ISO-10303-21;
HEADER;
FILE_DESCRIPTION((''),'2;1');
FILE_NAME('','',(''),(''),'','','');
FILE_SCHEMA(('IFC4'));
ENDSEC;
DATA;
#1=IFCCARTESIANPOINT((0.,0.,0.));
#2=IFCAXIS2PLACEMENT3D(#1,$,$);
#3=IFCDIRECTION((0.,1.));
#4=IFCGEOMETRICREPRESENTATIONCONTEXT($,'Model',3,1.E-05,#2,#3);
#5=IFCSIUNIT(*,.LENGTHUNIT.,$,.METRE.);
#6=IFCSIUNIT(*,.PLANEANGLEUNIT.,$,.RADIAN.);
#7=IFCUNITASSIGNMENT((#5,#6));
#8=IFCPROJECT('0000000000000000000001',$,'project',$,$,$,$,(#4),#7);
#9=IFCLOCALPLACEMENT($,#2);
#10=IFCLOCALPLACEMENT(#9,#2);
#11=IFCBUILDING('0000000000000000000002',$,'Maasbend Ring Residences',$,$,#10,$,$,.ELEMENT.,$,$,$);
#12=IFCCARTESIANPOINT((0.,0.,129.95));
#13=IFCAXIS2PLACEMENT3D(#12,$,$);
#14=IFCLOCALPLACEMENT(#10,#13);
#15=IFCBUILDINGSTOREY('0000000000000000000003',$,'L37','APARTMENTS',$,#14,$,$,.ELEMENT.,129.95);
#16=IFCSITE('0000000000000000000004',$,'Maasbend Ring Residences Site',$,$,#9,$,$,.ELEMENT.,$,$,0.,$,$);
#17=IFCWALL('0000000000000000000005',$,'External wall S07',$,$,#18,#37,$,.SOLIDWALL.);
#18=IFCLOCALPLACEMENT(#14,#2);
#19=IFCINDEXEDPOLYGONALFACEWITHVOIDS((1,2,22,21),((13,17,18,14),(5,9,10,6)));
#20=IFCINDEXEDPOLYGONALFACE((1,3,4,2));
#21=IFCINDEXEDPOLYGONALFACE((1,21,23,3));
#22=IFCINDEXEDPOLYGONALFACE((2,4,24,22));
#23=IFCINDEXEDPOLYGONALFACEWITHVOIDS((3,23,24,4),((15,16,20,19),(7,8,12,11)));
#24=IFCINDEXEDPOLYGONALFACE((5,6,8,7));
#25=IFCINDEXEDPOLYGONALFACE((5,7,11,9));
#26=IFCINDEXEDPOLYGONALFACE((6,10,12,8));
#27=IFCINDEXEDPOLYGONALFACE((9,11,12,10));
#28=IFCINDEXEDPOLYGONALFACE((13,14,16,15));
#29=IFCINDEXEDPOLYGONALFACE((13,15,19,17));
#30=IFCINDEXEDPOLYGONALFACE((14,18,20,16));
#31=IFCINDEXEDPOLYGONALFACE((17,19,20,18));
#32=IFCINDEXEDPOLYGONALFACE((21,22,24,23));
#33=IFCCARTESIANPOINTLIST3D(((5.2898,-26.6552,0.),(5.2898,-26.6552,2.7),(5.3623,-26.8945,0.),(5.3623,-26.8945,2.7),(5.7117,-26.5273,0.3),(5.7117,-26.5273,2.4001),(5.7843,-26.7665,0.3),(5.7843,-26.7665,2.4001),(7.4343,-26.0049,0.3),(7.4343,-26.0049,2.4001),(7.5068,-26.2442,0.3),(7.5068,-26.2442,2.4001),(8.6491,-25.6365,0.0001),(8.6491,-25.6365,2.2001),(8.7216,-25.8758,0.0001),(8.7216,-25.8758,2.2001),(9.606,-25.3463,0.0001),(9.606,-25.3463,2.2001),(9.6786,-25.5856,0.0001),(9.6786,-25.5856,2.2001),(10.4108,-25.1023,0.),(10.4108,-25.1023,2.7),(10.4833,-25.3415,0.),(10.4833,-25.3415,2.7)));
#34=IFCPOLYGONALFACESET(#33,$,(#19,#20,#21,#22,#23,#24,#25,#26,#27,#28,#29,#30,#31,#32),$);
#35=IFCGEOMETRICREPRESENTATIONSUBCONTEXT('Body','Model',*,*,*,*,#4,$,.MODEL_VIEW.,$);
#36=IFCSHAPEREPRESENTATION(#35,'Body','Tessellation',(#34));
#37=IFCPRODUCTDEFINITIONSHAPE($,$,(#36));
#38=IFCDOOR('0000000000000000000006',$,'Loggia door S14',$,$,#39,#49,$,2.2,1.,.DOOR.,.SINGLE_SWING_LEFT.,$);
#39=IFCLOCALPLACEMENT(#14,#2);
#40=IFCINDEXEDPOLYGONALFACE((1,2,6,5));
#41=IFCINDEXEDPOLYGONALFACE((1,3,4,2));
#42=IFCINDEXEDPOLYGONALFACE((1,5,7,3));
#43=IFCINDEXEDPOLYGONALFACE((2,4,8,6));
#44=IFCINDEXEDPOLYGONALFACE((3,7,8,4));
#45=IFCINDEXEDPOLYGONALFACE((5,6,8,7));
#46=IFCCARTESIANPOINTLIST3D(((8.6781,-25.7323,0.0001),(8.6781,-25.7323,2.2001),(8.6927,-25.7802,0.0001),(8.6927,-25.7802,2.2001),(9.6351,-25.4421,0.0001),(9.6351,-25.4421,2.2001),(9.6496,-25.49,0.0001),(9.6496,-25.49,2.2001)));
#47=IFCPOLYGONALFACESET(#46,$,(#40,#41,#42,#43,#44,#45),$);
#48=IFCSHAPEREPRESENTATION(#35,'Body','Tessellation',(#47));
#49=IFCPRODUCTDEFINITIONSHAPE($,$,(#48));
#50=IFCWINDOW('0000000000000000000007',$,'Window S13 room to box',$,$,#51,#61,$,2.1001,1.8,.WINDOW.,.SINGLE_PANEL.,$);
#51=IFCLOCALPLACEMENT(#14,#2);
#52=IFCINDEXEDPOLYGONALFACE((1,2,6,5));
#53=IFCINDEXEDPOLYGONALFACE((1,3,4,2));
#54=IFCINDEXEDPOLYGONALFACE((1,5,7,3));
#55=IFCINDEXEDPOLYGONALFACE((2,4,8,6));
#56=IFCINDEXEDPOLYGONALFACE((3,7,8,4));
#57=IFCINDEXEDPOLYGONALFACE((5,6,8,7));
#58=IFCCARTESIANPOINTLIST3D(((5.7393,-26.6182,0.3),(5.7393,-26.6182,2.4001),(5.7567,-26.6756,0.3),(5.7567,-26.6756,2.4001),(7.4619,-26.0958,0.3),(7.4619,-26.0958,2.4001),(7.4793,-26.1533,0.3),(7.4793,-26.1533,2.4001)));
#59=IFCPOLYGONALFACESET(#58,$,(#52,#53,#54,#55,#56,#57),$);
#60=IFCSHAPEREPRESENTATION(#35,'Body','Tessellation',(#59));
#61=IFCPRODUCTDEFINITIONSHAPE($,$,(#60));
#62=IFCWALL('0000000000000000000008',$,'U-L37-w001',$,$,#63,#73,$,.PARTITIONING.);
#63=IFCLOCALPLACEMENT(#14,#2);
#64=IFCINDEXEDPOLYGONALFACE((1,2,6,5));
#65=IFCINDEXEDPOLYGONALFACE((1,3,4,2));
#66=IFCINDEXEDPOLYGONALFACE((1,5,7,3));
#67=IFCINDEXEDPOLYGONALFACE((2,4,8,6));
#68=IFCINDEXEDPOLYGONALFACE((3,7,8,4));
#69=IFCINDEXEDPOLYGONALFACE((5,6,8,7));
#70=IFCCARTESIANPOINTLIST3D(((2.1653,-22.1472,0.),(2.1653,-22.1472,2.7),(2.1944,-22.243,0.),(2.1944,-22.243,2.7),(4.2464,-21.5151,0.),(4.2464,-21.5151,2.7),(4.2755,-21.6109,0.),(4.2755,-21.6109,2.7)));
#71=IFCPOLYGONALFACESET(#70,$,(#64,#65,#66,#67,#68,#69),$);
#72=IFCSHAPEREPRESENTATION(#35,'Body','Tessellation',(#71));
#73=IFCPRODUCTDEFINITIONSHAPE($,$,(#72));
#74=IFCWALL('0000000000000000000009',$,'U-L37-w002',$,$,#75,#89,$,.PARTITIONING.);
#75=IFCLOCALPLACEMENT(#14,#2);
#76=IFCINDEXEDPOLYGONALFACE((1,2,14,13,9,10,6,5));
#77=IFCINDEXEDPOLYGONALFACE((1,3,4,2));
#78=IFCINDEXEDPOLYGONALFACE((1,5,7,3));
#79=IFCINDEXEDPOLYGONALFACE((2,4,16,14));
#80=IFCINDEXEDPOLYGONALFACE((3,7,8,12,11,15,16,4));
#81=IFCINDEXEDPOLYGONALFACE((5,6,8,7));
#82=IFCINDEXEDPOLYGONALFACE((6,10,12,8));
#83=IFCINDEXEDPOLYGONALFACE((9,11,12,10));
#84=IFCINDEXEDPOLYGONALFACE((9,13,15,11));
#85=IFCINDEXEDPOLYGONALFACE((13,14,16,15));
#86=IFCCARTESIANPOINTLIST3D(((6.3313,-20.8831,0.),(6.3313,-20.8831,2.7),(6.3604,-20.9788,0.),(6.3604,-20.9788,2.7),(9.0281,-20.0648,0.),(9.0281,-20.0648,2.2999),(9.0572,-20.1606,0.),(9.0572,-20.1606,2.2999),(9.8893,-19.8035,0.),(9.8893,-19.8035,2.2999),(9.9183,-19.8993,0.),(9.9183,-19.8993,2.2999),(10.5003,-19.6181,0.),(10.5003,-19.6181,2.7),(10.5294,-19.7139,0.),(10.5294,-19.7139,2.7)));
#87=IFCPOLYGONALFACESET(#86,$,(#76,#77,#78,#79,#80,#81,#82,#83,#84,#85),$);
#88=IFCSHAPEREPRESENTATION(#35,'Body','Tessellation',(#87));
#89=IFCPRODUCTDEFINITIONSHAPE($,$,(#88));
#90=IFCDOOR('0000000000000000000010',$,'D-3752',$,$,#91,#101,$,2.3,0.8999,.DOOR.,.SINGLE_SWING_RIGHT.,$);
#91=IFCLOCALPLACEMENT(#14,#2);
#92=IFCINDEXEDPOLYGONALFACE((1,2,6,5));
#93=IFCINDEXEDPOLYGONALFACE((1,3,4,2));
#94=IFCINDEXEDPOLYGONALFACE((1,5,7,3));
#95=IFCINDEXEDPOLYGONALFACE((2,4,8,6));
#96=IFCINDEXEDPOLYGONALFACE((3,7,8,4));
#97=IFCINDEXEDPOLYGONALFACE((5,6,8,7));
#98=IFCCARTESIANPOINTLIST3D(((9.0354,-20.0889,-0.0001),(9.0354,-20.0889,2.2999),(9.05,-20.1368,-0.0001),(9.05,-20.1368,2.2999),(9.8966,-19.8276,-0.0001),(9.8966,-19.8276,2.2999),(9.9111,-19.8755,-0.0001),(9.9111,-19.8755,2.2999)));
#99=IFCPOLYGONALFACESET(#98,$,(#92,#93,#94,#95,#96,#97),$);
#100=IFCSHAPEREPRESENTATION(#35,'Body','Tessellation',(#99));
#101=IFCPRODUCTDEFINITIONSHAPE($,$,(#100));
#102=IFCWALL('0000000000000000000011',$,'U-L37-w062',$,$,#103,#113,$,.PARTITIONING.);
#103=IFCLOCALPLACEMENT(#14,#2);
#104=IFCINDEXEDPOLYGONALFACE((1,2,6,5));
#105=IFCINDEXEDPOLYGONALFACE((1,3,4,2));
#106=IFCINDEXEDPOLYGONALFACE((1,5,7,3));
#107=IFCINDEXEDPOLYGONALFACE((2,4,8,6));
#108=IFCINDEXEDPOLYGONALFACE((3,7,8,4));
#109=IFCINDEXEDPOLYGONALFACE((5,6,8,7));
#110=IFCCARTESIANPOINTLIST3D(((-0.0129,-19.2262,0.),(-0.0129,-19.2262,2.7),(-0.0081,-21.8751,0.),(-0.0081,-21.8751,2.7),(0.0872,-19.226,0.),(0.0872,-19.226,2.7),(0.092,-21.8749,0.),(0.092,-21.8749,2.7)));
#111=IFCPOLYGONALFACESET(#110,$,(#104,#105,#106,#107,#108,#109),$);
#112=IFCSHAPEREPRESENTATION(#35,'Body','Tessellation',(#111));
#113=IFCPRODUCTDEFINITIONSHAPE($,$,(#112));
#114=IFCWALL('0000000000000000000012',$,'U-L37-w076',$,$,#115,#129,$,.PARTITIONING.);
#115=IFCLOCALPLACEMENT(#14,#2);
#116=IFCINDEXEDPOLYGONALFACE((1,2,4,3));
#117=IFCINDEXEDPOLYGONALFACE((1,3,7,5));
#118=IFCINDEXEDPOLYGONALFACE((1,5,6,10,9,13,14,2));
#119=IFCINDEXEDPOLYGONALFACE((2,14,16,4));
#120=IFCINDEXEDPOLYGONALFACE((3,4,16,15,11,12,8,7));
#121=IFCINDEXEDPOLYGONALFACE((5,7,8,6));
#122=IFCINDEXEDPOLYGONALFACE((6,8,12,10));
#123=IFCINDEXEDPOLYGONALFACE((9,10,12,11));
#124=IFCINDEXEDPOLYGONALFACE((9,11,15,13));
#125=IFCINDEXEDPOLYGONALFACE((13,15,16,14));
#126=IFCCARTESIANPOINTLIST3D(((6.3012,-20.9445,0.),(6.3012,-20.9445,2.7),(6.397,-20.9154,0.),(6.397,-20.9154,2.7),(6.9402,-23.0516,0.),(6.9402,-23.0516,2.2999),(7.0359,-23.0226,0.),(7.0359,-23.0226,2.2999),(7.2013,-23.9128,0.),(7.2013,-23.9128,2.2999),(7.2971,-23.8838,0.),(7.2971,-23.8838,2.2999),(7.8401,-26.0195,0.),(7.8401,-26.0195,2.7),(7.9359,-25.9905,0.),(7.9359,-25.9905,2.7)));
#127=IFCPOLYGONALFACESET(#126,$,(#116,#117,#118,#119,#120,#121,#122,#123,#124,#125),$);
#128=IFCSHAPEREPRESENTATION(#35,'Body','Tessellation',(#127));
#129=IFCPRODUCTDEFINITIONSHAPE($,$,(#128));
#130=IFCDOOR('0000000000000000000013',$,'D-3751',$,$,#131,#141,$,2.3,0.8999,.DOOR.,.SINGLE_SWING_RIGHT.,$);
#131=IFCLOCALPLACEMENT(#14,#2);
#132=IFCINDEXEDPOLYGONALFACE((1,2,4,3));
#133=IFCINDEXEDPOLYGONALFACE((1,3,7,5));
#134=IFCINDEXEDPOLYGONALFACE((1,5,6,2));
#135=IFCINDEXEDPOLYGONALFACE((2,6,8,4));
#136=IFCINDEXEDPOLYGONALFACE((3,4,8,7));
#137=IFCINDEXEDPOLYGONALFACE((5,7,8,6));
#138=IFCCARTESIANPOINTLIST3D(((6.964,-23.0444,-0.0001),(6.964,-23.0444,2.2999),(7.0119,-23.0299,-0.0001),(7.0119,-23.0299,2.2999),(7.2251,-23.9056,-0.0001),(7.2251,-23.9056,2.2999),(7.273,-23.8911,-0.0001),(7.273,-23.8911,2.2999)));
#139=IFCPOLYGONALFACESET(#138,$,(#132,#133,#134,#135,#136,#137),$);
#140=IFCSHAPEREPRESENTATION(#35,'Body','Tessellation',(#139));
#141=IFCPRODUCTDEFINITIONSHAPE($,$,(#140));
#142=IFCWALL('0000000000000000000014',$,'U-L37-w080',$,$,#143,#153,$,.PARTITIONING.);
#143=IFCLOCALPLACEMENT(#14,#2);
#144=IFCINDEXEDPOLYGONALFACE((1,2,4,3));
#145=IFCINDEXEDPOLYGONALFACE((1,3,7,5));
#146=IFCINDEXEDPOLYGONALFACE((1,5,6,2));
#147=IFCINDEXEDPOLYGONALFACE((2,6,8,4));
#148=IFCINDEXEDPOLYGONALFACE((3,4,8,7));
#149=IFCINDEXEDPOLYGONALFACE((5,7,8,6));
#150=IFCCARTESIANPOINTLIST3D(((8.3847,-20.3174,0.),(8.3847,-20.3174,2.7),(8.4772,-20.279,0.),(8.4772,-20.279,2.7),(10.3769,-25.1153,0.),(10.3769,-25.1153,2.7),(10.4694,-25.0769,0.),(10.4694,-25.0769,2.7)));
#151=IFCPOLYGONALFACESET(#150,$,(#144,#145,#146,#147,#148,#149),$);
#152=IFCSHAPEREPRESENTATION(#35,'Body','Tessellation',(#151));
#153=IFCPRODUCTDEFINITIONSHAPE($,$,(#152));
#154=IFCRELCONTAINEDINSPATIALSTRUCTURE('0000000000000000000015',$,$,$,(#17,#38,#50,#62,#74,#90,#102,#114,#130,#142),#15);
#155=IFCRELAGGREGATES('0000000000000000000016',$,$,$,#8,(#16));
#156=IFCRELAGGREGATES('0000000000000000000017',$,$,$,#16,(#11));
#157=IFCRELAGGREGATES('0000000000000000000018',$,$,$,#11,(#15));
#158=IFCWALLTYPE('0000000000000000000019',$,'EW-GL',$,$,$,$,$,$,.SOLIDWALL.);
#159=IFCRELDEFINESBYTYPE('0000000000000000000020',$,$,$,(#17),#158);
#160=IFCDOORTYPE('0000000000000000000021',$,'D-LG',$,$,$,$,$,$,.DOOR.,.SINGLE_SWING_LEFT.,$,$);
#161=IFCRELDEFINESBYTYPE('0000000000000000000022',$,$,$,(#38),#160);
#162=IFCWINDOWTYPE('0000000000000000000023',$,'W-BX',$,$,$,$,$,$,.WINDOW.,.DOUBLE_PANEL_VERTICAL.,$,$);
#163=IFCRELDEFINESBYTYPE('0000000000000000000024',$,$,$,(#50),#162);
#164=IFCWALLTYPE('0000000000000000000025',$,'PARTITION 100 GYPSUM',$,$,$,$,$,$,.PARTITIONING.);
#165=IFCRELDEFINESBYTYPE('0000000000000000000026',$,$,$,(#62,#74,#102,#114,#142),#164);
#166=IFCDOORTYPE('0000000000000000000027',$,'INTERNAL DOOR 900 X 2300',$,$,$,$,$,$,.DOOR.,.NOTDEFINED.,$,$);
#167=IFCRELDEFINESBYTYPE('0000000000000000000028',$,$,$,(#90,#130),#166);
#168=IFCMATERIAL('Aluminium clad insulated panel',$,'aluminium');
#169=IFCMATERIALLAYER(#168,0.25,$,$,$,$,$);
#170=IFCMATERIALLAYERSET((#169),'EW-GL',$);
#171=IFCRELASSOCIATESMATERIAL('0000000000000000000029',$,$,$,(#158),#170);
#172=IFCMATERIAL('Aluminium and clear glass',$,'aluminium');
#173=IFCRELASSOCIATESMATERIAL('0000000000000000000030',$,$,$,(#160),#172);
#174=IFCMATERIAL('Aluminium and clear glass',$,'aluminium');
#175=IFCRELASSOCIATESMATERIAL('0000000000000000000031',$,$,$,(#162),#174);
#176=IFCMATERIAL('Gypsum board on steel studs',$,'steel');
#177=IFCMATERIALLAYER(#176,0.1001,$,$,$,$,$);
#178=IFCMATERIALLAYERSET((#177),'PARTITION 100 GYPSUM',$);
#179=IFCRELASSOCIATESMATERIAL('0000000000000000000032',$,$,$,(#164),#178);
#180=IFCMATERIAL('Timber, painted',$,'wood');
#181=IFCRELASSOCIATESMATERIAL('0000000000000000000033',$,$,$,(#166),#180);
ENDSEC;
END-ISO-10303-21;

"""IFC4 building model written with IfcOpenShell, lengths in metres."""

from ifc_helpers import new_model, si_unit, direction, frame, frame_2d, origin, place, context, subcontext, project, spatial, rectangle, extrude, material, layer, layer_set, type_object, element, fill, save


model = new_model("IFC4")

# Units and contexts
model_context = context("Model", 3, precision=1e-05, world=origin(), true_north=direction((0.0, 1.0)))
body_context = subcontext(model_context, "Body", "Model", "MODEL_VIEW")
ifc_project = project(units=[si_unit("LENGTHUNIT", "METRE"), si_unit("PLANEANGLEUNIT", "RADIAN")], contexts=[model_context])

# Site, building, storey
site_placement = place(None, origin())
site = spatial("IfcSite", under=ifc_project, at=site_placement, Name="Maasbend Ring Residences Site", CompositionType="ELEMENT", RefElevation=0.0)
building_placement = place(site_placement, origin())
building = spatial("IfcBuilding", under=site, at=building_placement, Name="Maasbend Ring Residences", CompositionType="ELEMENT")
storey_placement = place(building_placement, frame((0.0, 0.0, 129.95)))
storey = spatial("IfcBuildingStorey", under=building, at=storey_placement, Name="L37", Description="APARTMENTS", CompositionType="ELEMENT", Elevation=129.95)

# Wall, openings, door, window
ifc_material_1 = material(Name="Aluminium clad insulated panel", Category="aluminium")
ifc_layer_1 = layer(ifc_material_1, 0.25)
ifc_layer_set_1 = layer_set([ifc_layer_1], Name="EW-GL")
wall_type_1 = type_object("IfcWallType", Name="EW-GL", PredefinedType="SOLIDWALL", material=ifc_layer_set_1)
wall_1_placement = place(storey_placement, frame((5.3259, -26.7749, 0.0), z_axis=(0.0, 0.0, 1.0), x_axis=(0.956966, 0.290201, 0.0)))
wall_1 = element("IfcWall", 1, at=wall_1_placement, inside=storey, type_object=wall_type_1, Name="External wall S07", PredefinedType="SOLIDWALL", context=body_context, shape_type="SweptSolid", body=[
    extrude(rectangle(XDim=5.3513, YDim=0.25, at=frame_2d((2.6758, 0.0))), origin(), (0.0, 0.0, 1.0), 2.7),
])
opening_1_placement = place(wall_1_placement, frame((0.4412, 0.0, 0.3)))
opening_1 = element("IfcOpeningElement", 2, at=opening_1_placement, cuts=wall_1, PredefinedType="OPENING", context=body_context, shape_type="SweptSolid", body=[
    extrude(rectangle(XDim=1.8, YDim=2.1001, at=frame_2d((0.8999, 1.05))), frame((0.0, 0.135, 0.0), z_axis=(0.0, -1.0, 0.0), x_axis=(1.0, 0.0, 0.0)), (0.0, 0.0, 1.0), 0.27),
])
opening_2_placement = place(wall_1_placement, frame((3.5105, 0.0, 0.0)))
opening_2 = element("IfcOpeningElement", 3, at=opening_2_placement, cuts=wall_1, PredefinedType="OPENING", context=body_context, shape_type="SweptSolid", body=[
    extrude(rectangle(XDim=1.0, YDim=2.2, at=frame_2d((0.5, 1.1001))), frame((0.0, 0.135, 0.0), z_axis=(0.0, -1.0, 0.0), x_axis=(1.0, 0.0, 0.0)), (0.0, 0.0, 1.0), 0.27),
])
ifc_material_2 = material(Name="Aluminium and clear glass", Category="aluminium")
door_type_1 = type_object("IfcDoorType", Name="D-LG", OperationType="SINGLE_SWING_LEFT", PredefinedType="DOOR", material=ifc_material_2)
door_1_placement = place(opening_2_placement, origin())
door_1 = element("IfcDoor", 4, at=door_1_placement, inside=storey, type_object=door_type_1, Name="Loggia door S14", OperationType="SINGLE_SWING_LEFT", OverallHeight=2.2, OverallWidth=1.0, PredefinedType="DOOR", context=body_context, shape_type="SweptSolid", body=[
    extrude(rectangle(XDim=1.0, YDim=2.2, at=frame_2d((0.5, 1.1001))), frame((0.0, 0.0249, 0.0), z_axis=(0.0, -1.0, 0.0), x_axis=(1.0, 0.0, 0.0)), (0.0, 0.0, 1.0), 0.05),
])
fill(opening_2, door_1)
ifc_material_3 = material(Name="Aluminium and clear glass", Category="aluminium")
window_type_1 = type_object("IfcWindowType", Name="W-BX", PartitioningType="DOUBLE_PANEL_VERTICAL", PredefinedType="WINDOW", material=ifc_material_3)
window_1_placement = place(opening_1_placement, origin())
window_1 = element("IfcWindow", 5, at=window_1_placement, inside=storey, type_object=window_type_1, Name="Window S13 room to box", OverallHeight=2.1001, OverallWidth=1.8, PartitioningType="SINGLE_PANEL", PredefinedType="WINDOW", context=body_context, shape_type="SweptSolid", body=[
    extrude(rectangle(XDim=1.8, YDim=2.1001, at=frame_2d((0.8999, 1.05))), frame((0.0, 0.03, 0.0), z_axis=(0.0, -1.0, 0.0), x_axis=(1.0, 0.0, 0.0)), (0.0, 0.0, 1.0), 0.0601),
])
fill(opening_1, window_1)

# Wall
ifc_material_4 = material(Name="Gypsum board on steel studs", Category="steel")
ifc_layer_2 = layer(ifc_material_4, 0.1001)
ifc_layer_set_2 = layer_set([ifc_layer_2], Name="PARTITION 100 GYPSUM")
wall_type_2 = type_object("IfcWallType", Name="PARTITION 100 GYPSUM", PredefinedType="PARTITIONING", material=ifc_layer_set_2)
wall_2_placement = place(storey_placement, frame((2.1799, -22.1951, 0.0), z_axis=(0.0, 0.0, 1.0), x_axis=(0.956838, 0.290621, 0.0)))
element("IfcWall", 6, at=wall_2_placement, inside=storey, type_object=wall_type_2, Name="U-L37-w001", PredefinedType="PARTITIONING", context=body_context, shape_type="SweptSolid", body=[
    extrude(rectangle(XDim=2.175, YDim=0.1001, at=frame_2d((1.0874, 0.0))), origin(), (0.0, 0.0, 1.0), 2.7),
])

# Wall, opening, door
wall_3_placement = place(storey_placement, frame((6.3459, -20.9309, 0.0), z_axis=(0.0, 0.0, 1.0), x_axis=(0.956924, 0.290339, 0.0)))
wall_3 = element("IfcWall", 7, at=wall_3_placement, inside=storey, type_object=wall_type_2, Name="U-L37-w002", PredefinedType="PARTITIONING", context=body_context, shape_type="SweptSolid", body=[
    extrude(rectangle(XDim=4.3567, YDim=0.1001, at=frame_2d((2.1782, 0.0))), origin(), (0.0, 0.0, 1.0), 2.7),
])
opening_3_placement = place(wall_3_placement, frame((2.8181, 0.0, 0.0)))
opening_3 = element("IfcOpeningElement", 8, at=opening_3_placement, cuts=wall_3, PredefinedType="OPENING", context=body_context, shape_type="SweptSolid", body=[
    extrude(rectangle(XDim=0.8999, YDim=2.3, at=frame_2d((0.45, 1.1499))), frame((0.0, 0.0601, 0.0), z_axis=(0.0, -1.0, 0.0), x_axis=(1.0, 0.0, 0.0)), (0.0, 0.0, 1.0), 0.1201),
])
ifc_material_5 = material(Name="Timber, painted", Category="wood")
door_type_2 = type_object("IfcDoorType", Name="INTERNAL DOOR 900 X 2300", OperationType="NOTDEFINED", PredefinedType="DOOR", material=ifc_material_5)
door_2_placement = place(opening_3_placement, origin())
door_2 = element("IfcDoor", 9, at=door_2_placement, inside=storey, type_object=door_type_2, Name="D-3752", OperationType="SINGLE_SWING_RIGHT", OverallHeight=2.3, OverallWidth=0.8999, PredefinedType="DOOR", context=body_context, shape_type="SweptSolid", body=[
    extrude(rectangle(XDim=0.8999, YDim=2.3, at=frame_2d((0.45, 1.1499))), frame((0.0, 0.0249, 0.0), z_axis=(0.0, -1.0, 0.0), x_axis=(1.0, 0.0, 0.0)), (0.0, 0.0, 1.0), 0.05),
])
fill(opening_3, door_2)

# Wall
wall_4_placement = place(storey_placement, frame((0.042, -21.875, 0.0), z_axis=(0.0, 0.0, 1.0), x_axis=(-0.001843, 0.999998, 0.0)))
element("IfcWall", 10, at=wall_4_placement, inside=storey, type_object=wall_type_2, Name="U-L37-w062", PredefinedType="PARTITIONING", context=body_context, shape_type="SweptSolid", body=[
    extrude(rectangle(XDim=2.6489, YDim=0.1001, at=frame_2d((1.3245, 0.0))), origin(), (0.0, 0.0, 1.0), 2.7),
])

# Wall, opening, door
wall_5_placement = place(storey_placement, frame((6.3491, -20.9299, 0.0), z_axis=(0.0, 0.0, 1.0), x_axis=(0.290172, -0.956974, 0.0)))
wall_5 = element("IfcWall", 11, at=wall_5_placement, inside=storey, type_object=wall_type_2, Name="U-L37-w076", PredefinedType="PARTITIONING", context=body_context, shape_type="SweptSolid", body=[
    extrude(rectangle(XDim=5.3032, YDim=0.1001, at=frame_2d((2.6516, 0.0))), origin(), (0.0, 0.0, 1.0), 2.7),
])
opening_4_placement = place(wall_5_placement, frame((2.2019, 0.0, 0.0)))
opening_4 = element("IfcOpeningElement", 12, at=opening_4_placement, cuts=wall_5, PredefinedType="OPENING", context=body_context, shape_type="SweptSolid", body=[
    extrude(rectangle(XDim=0.8999, YDim=2.3, at=frame_2d((0.45, 1.1499))), frame((0.0, 0.0601, 0.0), z_axis=(0.0, -1.0, 0.0), x_axis=(1.0, 0.0, 0.0)), (0.0, 0.0, 1.0), 0.1201),
])
door_3_placement = place(opening_4_placement, origin())
door_3 = element("IfcDoor", 13, at=door_3_placement, inside=storey, type_object=door_type_2, Name="D-3751", OperationType="SINGLE_SWING_RIGHT", OverallHeight=2.3, OverallWidth=0.8999, PredefinedType="DOOR", context=body_context, shape_type="SweptSolid", body=[
    extrude(rectangle(XDim=0.8999, YDim=2.3, at=frame_2d((0.45, 1.1499))), frame((0.0, 0.0249, 0.0), z_axis=(0.0, -1.0, 0.0), x_axis=(1.0, 0.0, 0.0)), (0.0, 0.0, 1.0), 0.05),
])
fill(opening_4, door_3)

# Wall
wall_6_placement = place(storey_placement, frame((8.4309, -20.2981, 0.0), z_axis=(0.0, 0.0, 1.0), x_axis=(0.383481, -0.923549, 0.0)))
element("IfcWall", 14, at=wall_6_placement, inside=storey, type_object=wall_type_2, Name="U-L37-w080", PredefinedType="PARTITIONING", context=body_context, shape_type="SweptSolid", body=[
    extrude(rectangle(XDim=5.1951, YDim=0.1001, at=frame_2d((2.5977, 0.0))), origin(), (0.0, 0.0, 1.0), 2.7),
])

save(model, "model.ifc")
